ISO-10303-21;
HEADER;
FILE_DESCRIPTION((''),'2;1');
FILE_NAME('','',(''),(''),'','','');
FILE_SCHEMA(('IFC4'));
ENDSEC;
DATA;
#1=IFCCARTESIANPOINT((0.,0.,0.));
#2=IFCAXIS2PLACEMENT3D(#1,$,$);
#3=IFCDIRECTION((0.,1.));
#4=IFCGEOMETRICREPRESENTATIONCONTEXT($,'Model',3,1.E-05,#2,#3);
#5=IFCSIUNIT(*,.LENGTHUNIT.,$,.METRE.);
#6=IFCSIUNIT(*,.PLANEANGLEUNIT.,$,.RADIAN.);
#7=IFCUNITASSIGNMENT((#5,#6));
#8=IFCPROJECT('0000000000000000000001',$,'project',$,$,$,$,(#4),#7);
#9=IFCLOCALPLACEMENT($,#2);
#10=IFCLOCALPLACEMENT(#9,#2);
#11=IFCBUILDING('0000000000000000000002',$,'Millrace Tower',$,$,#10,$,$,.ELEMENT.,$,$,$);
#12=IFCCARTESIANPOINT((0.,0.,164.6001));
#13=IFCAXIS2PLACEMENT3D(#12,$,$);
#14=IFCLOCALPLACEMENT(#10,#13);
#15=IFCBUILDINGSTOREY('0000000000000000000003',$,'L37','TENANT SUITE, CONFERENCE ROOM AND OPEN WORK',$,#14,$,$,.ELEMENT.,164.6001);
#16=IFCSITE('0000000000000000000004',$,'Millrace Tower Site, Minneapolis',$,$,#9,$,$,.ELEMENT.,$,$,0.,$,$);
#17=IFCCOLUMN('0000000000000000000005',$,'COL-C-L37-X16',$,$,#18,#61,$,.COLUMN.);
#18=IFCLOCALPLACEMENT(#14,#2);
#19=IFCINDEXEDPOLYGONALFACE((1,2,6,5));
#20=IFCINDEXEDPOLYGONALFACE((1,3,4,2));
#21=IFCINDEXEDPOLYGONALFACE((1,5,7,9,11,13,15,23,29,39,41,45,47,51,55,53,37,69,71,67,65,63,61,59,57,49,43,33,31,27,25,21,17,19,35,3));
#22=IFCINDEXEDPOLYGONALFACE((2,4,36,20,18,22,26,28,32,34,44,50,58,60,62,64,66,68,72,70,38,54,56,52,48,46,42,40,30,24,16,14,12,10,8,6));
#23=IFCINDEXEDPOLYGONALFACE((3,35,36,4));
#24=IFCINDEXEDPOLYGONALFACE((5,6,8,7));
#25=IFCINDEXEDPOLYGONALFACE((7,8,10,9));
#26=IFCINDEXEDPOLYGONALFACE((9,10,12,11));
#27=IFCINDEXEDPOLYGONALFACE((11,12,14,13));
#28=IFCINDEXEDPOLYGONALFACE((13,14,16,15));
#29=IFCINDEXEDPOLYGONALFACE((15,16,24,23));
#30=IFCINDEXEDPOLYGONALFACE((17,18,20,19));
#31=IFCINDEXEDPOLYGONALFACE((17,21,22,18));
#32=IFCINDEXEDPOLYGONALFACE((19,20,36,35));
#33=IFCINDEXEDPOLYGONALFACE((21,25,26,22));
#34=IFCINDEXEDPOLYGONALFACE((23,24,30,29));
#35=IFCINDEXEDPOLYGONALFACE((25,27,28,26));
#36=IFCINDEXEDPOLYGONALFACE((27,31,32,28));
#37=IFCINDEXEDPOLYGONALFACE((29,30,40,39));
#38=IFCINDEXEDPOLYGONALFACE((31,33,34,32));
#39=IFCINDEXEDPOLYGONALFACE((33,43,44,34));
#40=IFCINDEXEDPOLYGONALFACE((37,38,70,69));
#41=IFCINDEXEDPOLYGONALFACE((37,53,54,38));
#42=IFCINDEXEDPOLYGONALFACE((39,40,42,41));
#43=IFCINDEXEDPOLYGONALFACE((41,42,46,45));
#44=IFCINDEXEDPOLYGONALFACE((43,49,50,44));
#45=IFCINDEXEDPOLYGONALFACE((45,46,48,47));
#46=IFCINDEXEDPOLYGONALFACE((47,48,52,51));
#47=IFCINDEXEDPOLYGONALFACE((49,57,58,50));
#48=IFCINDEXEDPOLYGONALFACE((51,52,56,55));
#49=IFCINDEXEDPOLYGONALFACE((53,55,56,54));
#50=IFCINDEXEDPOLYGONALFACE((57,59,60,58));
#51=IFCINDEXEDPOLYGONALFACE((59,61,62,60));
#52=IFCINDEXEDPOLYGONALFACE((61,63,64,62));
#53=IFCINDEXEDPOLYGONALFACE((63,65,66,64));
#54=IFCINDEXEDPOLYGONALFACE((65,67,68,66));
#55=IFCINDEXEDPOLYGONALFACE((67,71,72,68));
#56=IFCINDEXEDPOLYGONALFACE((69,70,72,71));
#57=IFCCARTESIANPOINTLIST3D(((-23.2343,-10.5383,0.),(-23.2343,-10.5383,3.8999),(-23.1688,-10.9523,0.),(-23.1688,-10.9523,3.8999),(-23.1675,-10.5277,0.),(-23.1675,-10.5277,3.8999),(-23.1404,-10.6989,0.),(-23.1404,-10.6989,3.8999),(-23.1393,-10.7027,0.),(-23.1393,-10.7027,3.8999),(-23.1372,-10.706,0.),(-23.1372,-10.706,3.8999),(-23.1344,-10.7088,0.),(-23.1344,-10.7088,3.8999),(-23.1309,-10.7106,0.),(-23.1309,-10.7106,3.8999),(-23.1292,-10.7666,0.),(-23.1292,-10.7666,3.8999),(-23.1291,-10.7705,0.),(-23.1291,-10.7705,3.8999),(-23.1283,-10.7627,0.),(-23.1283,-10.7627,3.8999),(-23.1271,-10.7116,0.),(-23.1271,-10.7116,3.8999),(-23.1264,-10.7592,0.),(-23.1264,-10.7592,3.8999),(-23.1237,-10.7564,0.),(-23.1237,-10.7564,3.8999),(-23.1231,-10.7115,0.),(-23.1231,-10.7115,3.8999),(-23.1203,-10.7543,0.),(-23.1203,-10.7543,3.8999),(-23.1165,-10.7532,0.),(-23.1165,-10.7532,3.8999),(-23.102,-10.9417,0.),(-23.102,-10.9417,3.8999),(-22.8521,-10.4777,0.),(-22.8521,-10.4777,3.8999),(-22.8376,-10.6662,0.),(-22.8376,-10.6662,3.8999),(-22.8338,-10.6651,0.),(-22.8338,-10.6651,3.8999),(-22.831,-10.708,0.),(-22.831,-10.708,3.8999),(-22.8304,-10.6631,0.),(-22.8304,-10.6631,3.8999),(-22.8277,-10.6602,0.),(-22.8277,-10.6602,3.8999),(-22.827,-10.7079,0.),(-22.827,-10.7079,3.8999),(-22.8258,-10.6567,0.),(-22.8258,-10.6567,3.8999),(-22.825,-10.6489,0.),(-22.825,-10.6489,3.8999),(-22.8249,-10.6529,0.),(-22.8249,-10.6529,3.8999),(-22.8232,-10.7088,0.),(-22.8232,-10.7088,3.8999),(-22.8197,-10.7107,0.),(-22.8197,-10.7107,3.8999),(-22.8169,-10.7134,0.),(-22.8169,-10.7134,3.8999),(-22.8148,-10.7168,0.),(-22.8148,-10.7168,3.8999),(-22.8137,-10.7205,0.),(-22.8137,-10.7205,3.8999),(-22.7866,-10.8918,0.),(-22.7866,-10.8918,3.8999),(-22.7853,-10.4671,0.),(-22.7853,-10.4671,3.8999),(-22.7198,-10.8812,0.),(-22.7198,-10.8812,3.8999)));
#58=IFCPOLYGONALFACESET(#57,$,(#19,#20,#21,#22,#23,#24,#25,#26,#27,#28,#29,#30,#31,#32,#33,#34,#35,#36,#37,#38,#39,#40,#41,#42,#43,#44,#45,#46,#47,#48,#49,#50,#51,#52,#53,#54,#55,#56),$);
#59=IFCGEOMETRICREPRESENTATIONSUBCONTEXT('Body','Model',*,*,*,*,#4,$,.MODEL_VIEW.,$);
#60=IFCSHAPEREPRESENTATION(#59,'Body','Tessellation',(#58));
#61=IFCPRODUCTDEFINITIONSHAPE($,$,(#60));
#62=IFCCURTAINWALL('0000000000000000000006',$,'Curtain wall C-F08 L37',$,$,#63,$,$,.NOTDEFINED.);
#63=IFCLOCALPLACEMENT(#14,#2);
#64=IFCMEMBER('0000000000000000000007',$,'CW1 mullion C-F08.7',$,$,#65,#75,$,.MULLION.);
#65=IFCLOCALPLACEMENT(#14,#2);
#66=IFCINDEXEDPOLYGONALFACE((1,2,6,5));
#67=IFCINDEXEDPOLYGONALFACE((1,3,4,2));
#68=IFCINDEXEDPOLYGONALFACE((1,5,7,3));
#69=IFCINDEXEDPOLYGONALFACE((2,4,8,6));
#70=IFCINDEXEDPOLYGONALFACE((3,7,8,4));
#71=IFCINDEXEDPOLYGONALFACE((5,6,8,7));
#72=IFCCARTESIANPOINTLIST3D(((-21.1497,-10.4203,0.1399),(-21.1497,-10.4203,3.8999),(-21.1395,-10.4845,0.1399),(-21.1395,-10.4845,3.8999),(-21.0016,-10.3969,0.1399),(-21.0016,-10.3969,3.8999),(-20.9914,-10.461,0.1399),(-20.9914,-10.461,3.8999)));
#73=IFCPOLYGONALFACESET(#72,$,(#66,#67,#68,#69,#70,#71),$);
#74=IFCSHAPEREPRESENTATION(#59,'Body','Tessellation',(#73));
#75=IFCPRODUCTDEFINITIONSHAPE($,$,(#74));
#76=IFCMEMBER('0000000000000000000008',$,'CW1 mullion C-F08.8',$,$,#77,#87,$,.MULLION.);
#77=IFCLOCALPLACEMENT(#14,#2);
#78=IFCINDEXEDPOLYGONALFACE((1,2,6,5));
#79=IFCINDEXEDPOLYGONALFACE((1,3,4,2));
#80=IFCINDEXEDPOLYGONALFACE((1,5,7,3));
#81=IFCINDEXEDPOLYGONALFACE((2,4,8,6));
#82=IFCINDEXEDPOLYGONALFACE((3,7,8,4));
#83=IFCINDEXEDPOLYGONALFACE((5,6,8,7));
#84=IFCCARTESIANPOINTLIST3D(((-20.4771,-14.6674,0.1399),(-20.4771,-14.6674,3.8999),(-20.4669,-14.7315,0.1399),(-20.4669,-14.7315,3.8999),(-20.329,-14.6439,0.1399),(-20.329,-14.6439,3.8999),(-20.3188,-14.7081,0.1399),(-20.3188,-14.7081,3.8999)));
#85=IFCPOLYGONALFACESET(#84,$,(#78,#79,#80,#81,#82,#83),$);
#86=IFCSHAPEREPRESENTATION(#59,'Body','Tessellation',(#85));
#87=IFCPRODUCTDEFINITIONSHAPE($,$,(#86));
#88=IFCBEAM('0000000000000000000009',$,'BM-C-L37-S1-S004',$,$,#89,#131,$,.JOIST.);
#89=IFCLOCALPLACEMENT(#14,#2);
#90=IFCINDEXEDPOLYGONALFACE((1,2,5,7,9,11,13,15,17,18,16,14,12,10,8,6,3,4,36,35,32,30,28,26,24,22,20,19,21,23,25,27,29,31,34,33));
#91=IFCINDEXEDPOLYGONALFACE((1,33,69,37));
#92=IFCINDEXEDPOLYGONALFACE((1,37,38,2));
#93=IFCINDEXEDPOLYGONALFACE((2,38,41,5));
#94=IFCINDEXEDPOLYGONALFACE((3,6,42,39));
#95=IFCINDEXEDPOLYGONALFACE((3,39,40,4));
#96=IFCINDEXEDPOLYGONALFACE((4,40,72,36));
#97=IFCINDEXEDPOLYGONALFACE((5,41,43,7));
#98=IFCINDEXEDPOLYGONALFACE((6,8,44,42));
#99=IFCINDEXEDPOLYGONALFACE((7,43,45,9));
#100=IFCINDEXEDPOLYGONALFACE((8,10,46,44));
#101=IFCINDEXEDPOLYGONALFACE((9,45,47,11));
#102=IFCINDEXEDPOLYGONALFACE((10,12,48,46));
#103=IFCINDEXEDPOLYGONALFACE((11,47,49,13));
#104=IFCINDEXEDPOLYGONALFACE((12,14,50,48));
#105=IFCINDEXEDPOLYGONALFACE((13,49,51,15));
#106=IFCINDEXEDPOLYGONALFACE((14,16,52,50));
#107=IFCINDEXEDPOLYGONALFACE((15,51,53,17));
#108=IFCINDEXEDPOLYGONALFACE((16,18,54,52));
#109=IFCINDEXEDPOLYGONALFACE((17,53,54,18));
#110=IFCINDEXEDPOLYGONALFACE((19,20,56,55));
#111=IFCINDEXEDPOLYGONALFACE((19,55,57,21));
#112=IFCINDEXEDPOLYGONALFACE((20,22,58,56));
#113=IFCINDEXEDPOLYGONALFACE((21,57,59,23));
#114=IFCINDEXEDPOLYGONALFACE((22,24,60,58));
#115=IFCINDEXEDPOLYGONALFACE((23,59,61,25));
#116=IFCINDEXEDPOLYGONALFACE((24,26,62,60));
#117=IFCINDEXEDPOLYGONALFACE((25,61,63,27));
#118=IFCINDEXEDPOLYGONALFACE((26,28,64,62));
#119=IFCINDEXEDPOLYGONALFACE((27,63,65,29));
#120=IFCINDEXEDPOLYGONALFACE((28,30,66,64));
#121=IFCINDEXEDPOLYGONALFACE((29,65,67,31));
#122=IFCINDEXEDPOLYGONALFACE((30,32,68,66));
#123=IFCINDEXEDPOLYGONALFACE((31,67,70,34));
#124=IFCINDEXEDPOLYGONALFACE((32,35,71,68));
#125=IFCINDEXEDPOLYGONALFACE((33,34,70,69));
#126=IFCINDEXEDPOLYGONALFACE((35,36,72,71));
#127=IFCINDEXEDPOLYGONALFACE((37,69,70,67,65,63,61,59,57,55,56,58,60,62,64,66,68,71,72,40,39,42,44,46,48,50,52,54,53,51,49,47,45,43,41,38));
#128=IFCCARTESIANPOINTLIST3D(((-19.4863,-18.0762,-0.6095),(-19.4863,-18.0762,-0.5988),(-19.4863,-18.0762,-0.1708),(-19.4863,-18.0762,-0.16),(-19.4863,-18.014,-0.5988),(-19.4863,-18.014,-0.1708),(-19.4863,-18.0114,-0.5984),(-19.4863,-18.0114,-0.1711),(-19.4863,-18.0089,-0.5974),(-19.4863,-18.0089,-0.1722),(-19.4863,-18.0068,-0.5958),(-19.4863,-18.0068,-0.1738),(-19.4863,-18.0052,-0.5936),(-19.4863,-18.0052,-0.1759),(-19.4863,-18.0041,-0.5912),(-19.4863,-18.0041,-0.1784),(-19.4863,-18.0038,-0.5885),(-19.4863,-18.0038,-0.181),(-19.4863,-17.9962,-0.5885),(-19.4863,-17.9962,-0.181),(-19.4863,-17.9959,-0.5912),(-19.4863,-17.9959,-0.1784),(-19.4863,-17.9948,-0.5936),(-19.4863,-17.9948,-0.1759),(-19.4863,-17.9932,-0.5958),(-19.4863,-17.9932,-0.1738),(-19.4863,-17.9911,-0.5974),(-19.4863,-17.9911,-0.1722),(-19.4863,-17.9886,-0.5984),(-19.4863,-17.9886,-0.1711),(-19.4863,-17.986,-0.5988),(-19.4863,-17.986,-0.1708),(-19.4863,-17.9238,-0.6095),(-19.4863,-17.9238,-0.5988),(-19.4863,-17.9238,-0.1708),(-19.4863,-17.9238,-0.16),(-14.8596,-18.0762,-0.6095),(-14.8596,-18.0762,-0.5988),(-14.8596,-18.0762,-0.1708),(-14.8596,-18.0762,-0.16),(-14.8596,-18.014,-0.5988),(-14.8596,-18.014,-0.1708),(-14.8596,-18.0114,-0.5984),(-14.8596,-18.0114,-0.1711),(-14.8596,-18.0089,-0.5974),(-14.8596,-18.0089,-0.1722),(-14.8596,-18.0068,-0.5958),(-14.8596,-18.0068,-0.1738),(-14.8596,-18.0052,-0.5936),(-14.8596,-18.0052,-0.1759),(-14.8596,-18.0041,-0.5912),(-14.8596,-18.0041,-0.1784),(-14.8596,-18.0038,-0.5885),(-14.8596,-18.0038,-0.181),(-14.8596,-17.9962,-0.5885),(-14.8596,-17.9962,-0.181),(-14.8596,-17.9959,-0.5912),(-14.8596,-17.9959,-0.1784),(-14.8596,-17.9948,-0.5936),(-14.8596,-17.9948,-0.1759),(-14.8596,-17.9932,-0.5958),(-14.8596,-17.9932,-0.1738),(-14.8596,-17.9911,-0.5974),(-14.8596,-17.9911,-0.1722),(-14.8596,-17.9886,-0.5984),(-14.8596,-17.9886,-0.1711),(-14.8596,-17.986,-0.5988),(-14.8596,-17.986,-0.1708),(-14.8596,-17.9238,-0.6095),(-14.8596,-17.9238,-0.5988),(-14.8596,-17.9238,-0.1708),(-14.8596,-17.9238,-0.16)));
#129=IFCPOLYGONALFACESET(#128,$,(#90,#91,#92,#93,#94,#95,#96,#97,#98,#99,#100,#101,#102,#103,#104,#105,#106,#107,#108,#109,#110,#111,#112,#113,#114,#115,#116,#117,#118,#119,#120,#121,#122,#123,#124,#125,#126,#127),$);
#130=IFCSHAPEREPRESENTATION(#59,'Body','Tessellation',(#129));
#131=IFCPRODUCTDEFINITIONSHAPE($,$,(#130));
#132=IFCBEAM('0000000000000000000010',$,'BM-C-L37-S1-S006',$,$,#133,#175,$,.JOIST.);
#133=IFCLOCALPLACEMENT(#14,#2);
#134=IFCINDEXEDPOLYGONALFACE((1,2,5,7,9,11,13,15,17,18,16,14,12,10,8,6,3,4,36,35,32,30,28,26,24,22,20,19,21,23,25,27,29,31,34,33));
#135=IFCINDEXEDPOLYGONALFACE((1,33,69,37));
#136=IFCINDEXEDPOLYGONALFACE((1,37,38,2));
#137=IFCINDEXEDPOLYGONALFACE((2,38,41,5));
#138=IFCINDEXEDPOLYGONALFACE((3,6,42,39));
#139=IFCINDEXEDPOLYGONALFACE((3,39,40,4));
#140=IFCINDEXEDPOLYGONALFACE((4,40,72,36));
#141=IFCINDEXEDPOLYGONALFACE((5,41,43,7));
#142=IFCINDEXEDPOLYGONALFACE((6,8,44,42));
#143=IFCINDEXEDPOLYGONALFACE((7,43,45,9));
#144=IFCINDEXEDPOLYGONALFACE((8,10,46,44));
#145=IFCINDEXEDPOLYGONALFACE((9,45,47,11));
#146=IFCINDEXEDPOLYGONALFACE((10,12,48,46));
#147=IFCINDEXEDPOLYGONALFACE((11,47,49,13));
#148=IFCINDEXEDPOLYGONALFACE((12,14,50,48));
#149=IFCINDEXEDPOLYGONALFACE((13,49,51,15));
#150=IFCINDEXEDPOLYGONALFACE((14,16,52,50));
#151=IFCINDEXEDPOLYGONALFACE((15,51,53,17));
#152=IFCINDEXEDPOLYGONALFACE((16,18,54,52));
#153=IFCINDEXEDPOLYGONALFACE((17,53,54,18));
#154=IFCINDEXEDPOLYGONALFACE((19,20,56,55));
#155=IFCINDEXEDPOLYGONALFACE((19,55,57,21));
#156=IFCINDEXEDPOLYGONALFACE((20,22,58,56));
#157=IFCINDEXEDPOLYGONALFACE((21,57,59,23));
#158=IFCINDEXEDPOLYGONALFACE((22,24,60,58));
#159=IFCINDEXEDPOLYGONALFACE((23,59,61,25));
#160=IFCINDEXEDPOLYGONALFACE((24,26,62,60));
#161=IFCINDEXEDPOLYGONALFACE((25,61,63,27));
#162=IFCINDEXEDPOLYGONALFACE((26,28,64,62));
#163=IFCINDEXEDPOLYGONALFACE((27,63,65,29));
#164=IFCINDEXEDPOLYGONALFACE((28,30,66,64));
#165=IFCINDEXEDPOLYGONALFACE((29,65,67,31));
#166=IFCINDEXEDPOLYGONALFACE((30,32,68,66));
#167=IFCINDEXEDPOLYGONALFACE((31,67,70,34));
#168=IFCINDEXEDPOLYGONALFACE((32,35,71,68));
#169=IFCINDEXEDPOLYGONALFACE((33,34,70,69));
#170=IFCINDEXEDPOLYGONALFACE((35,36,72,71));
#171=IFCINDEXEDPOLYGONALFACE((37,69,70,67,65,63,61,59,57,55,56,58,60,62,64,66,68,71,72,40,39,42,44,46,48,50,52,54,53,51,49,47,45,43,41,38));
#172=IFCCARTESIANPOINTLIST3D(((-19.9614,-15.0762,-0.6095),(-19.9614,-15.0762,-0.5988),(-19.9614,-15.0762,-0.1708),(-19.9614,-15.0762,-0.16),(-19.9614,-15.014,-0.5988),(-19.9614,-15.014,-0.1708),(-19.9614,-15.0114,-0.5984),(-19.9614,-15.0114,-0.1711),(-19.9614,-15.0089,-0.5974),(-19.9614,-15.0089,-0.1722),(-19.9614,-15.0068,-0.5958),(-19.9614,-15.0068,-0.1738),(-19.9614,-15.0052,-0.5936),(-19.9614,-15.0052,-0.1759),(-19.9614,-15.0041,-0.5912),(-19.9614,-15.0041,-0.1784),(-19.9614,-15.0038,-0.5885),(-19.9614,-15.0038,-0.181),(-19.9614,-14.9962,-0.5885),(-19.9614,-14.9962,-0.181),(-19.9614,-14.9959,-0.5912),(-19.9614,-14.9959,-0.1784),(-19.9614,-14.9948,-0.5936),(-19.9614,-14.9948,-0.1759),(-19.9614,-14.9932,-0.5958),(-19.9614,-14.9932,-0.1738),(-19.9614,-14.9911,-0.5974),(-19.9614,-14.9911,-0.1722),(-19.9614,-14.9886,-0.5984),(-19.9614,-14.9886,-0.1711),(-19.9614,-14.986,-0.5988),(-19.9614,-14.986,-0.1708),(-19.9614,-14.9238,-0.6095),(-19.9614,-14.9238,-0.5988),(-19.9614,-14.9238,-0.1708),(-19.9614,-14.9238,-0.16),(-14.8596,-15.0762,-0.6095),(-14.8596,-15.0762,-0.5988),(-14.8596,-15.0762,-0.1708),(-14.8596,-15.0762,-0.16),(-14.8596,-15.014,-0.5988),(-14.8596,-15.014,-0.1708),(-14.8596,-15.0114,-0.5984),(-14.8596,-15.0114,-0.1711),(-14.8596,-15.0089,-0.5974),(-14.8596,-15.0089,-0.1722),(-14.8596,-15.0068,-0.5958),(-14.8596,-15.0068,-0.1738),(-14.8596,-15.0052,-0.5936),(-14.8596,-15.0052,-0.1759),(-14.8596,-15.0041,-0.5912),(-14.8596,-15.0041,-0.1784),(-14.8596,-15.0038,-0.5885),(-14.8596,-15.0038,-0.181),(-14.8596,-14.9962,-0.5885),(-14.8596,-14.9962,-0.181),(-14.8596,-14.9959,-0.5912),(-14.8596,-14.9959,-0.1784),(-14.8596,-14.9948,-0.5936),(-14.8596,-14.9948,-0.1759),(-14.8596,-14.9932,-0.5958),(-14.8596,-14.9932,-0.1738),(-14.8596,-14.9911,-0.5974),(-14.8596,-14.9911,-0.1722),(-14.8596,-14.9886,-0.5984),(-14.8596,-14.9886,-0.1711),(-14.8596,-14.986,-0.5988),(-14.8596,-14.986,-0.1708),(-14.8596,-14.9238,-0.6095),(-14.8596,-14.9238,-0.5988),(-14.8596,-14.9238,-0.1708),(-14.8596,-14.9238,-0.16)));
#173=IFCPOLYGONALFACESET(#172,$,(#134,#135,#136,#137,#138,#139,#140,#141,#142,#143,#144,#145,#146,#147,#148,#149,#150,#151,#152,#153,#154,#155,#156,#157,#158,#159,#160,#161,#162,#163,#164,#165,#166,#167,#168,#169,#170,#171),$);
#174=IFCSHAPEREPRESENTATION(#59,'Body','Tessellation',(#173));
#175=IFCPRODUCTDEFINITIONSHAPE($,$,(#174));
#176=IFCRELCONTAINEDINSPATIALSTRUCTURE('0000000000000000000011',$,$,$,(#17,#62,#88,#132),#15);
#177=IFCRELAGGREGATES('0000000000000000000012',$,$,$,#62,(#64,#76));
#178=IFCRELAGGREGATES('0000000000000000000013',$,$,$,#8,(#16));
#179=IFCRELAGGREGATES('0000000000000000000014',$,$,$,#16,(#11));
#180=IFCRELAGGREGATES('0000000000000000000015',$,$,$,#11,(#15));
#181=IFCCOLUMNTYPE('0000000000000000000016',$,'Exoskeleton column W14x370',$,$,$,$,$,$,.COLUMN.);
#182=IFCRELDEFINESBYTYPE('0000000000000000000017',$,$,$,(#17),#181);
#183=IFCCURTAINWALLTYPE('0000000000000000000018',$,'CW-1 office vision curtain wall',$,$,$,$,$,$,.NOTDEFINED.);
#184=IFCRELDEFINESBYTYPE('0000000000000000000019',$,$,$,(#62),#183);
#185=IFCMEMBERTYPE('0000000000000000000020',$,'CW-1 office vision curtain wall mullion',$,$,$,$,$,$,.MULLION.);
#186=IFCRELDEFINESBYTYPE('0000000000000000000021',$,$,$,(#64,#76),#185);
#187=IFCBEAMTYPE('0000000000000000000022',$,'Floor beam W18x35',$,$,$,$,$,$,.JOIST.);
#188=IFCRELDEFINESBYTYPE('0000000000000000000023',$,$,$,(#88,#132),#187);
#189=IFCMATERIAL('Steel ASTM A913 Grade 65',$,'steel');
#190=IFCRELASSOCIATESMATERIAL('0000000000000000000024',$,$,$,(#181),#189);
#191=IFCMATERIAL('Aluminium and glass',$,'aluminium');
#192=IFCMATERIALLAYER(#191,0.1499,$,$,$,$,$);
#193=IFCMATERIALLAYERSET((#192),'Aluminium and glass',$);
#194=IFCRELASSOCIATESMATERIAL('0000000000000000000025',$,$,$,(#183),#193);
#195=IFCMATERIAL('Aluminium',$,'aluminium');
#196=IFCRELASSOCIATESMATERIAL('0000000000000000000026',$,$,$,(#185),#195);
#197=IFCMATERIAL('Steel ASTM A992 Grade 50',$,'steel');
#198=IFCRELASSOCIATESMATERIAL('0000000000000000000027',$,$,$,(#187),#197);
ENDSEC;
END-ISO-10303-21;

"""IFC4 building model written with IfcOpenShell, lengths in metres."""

from ifc_helpers import new_model, si_unit, direction, frame, origin, origin_2d, place, context, subcontext, project, spatial, rectangle, i_section, extrude, material, layer, layer_set, material_profile, profile_set, type_object, element, aggregate, save


model = new_model("IFC4")

# Units and contexts
model_context = context("Model", 3, precision=1e-05, world=origin(), true_north=direction((0.0, 1.0)))
body_context = subcontext(model_context, "Body", "Model", "MODEL_VIEW")
ifc_project = project(units=[si_unit("LENGTHUNIT", "METRE"), si_unit("PLANEANGLEUNIT", "RADIAN")], contexts=[model_context])

# Site, building, storey
site_placement = place(None, origin())
site = spatial("IfcSite", under=ifc_project, at=site_placement, Name="Millrace Tower Site, Minneapolis", CompositionType="ELEMENT", RefElevation=0.0)
building_placement = place(site_placement, origin())
building = spatial("IfcBuilding", under=site, at=building_placement, Name="Millrace Tower", CompositionType="ELEMENT")
storey_placement = place(building_placement, frame((0.0, 0.0, 164.6001)))
storey = spatial("IfcBuildingStorey", under=building, at=storey_placement, Name="L37", Description="TENANT SUITE, CONFERENCE ROOM AND OPEN WORK", CompositionType="ELEMENT", Elevation=164.6001)

# Column
ifc_material_1 = material(Name="Steel ASTM A913 Grade 65", Category="steel")
ifc_material_profile_1 = material_profile(ifc_material_1, i_section(OverallWidth=0.4192, OverallDepth=0.4546, WebThickness=0.0422, FlangeThickness=0.0676, FilletRadius=0.0151, at=origin_2d()))
ifc_profile_set_1 = profile_set([ifc_material_profile_1], Name="Steel ASTM A913 Grade 65")
column_type = type_object("IfcColumnType", Name="Exoskeleton column W14x370", PredefinedType="COLUMN", material=ifc_profile_set_1)
column_placement = place(storey_placement, frame((-22.9771, -10.7097, 0.0), z_axis=(0.0, 0.0, 1.0), x_axis=(0.156434, -0.987688, 0.0)))
element("IfcColumn", 1, at=column_placement, inside=storey, type_object=column_type, Name="COL-C-L37-X16", PredefinedType="COLUMN", context=body_context, shape_type="SweptSolid", body=[
    extrude(i_section(OverallWidth=0.4192, OverallDepth=0.4546, WebThickness=0.0422, FlangeThickness=0.0676, FilletRadius=0.0151, at=origin_2d()), origin(), (0.0, 0.0, 1.0), 3.8999),
])

# Curtain wall, members
ifc_material_2 = material(Name="Aluminium and glass", Category="aluminium")
ifc_layer_1 = layer(ifc_material_2, 0.1499)
ifc_layer_set_1 = layer_set([ifc_layer_1], Name="Aluminium and glass")
curtain_wall_type = type_object("IfcCurtainWallType", Name="CW-1 office vision curtain wall", PredefinedType="NOTDEFINED", material=ifc_layer_set_1)
curtain_wall_placement = place(storey_placement, origin())
curtain_wall = element("IfcCurtainWall", 2, at=curtain_wall_placement, inside=storey, type_object=curtain_wall_type, Name="Curtain wall C-F08 L37", PredefinedType="NOTDEFINED")
ifc_material_3 = material(Name="Aluminium", Category="aluminium")
ifc_material_profile_2 = material_profile(ifc_material_3, rectangle(XDim=0.0649, YDim=0.1499, at=origin_2d()))
ifc_profile_set_2 = profile_set([ifc_material_profile_2], Name="Aluminium")
member_type = type_object("IfcMemberType", Name="CW-1 office vision curtain wall mullion", PredefinedType="MULLION", material=ifc_profile_set_2)
member_1_placement = place(storey_placement, frame((-21.0706, -10.4407, 0.1399), z_axis=(0.0, 0.0, 1.0), x_axis=(0.156434, -0.987688, 0.0)))
member_1 = element("IfcMember", 3, at=member_1_placement, type_object=member_type, Name="CW1 mullion C-F08.7", PredefinedType="MULLION", context=body_context, shape_type="SweptSolid", body=[
    extrude(rectangle(XDim=0.0649, YDim=0.1499, at=origin_2d()), origin(), (0.0, 0.0, 1.0), 3.76),
])
member_2_placement = place(storey_placement, frame((-20.3979, -14.6877, 0.1399), z_axis=(0.0, 0.0, 1.0), x_axis=(0.156434, -0.987688, 0.0)))
member_2 = element("IfcMember", 4, at=member_2_placement, type_object=member_type, Name="CW1 mullion C-F08.8", PredefinedType="MULLION", context=body_context, shape_type="SweptSolid", body=[
    extrude(rectangle(XDim=0.0649, YDim=0.1499, at=origin_2d()), origin(), (0.0, 0.0, 1.0), 3.76),
])
aggregate(curtain_wall, [member_1, member_2])

# Beams
ifc_material_4 = material(Name="Steel ASTM A992 Grade 50", Category="steel")
ifc_material_profile_3 = material_profile(ifc_material_4, i_section(OverallWidth=0.1523, OverallDepth=0.4495, WebThickness=0.0076, FlangeThickness=0.0107, FilletRadius=0.0103, at=origin_2d()))
ifc_profile_set_3 = profile_set([ifc_material_profile_3], Name="Steel ASTM A992 Grade 50")
beam_type_1 = type_object("IfcBeamType", Name="Floor beam W18x35", PredefinedType="JOIST", material=ifc_profile_set_3)
beam_1_placement = place(storey_placement, frame((-19.4863, -18.0, -0.3848), z_axis=(1.0, 0.0, 0.0), x_axis=(0.0, 1.0, 0.0)))
element("IfcBeam", 5, at=beam_1_placement, inside=storey, type_object=beam_type_1, Name="BM-C-L37-S1-S004", PredefinedType="JOIST", context=body_context, shape_type="SweptSolid", body=[
    extrude(i_section(OverallWidth=0.1523, OverallDepth=0.4495, WebThickness=0.0076, FlangeThickness=0.0107, FilletRadius=0.0103, at=origin_2d()), origin(), (0.0, 0.0, 1.0), 4.6267),
])
beam_2_placement = place(storey_placement, frame((-19.9614, -15.0, -0.3848), z_axis=(1.0, 0.0, 0.0), x_axis=(0.0, 1.0, 0.0)))
element("IfcBeam", 6, at=beam_2_placement, inside=storey, type_object=beam_type_1, Name="BM-C-L37-S1-S006", PredefinedType="JOIST", context=body_context, shape_type="SweptSolid", body=[
    extrude(i_section(OverallWidth=0.1523, OverallDepth=0.4495, WebThickness=0.0076, FlangeThickness=0.0107, FilletRadius=0.0103, at=origin_2d()), origin(), (0.0, 0.0, 1.0), 5.1018),
])

save(model, "model.ifc")
